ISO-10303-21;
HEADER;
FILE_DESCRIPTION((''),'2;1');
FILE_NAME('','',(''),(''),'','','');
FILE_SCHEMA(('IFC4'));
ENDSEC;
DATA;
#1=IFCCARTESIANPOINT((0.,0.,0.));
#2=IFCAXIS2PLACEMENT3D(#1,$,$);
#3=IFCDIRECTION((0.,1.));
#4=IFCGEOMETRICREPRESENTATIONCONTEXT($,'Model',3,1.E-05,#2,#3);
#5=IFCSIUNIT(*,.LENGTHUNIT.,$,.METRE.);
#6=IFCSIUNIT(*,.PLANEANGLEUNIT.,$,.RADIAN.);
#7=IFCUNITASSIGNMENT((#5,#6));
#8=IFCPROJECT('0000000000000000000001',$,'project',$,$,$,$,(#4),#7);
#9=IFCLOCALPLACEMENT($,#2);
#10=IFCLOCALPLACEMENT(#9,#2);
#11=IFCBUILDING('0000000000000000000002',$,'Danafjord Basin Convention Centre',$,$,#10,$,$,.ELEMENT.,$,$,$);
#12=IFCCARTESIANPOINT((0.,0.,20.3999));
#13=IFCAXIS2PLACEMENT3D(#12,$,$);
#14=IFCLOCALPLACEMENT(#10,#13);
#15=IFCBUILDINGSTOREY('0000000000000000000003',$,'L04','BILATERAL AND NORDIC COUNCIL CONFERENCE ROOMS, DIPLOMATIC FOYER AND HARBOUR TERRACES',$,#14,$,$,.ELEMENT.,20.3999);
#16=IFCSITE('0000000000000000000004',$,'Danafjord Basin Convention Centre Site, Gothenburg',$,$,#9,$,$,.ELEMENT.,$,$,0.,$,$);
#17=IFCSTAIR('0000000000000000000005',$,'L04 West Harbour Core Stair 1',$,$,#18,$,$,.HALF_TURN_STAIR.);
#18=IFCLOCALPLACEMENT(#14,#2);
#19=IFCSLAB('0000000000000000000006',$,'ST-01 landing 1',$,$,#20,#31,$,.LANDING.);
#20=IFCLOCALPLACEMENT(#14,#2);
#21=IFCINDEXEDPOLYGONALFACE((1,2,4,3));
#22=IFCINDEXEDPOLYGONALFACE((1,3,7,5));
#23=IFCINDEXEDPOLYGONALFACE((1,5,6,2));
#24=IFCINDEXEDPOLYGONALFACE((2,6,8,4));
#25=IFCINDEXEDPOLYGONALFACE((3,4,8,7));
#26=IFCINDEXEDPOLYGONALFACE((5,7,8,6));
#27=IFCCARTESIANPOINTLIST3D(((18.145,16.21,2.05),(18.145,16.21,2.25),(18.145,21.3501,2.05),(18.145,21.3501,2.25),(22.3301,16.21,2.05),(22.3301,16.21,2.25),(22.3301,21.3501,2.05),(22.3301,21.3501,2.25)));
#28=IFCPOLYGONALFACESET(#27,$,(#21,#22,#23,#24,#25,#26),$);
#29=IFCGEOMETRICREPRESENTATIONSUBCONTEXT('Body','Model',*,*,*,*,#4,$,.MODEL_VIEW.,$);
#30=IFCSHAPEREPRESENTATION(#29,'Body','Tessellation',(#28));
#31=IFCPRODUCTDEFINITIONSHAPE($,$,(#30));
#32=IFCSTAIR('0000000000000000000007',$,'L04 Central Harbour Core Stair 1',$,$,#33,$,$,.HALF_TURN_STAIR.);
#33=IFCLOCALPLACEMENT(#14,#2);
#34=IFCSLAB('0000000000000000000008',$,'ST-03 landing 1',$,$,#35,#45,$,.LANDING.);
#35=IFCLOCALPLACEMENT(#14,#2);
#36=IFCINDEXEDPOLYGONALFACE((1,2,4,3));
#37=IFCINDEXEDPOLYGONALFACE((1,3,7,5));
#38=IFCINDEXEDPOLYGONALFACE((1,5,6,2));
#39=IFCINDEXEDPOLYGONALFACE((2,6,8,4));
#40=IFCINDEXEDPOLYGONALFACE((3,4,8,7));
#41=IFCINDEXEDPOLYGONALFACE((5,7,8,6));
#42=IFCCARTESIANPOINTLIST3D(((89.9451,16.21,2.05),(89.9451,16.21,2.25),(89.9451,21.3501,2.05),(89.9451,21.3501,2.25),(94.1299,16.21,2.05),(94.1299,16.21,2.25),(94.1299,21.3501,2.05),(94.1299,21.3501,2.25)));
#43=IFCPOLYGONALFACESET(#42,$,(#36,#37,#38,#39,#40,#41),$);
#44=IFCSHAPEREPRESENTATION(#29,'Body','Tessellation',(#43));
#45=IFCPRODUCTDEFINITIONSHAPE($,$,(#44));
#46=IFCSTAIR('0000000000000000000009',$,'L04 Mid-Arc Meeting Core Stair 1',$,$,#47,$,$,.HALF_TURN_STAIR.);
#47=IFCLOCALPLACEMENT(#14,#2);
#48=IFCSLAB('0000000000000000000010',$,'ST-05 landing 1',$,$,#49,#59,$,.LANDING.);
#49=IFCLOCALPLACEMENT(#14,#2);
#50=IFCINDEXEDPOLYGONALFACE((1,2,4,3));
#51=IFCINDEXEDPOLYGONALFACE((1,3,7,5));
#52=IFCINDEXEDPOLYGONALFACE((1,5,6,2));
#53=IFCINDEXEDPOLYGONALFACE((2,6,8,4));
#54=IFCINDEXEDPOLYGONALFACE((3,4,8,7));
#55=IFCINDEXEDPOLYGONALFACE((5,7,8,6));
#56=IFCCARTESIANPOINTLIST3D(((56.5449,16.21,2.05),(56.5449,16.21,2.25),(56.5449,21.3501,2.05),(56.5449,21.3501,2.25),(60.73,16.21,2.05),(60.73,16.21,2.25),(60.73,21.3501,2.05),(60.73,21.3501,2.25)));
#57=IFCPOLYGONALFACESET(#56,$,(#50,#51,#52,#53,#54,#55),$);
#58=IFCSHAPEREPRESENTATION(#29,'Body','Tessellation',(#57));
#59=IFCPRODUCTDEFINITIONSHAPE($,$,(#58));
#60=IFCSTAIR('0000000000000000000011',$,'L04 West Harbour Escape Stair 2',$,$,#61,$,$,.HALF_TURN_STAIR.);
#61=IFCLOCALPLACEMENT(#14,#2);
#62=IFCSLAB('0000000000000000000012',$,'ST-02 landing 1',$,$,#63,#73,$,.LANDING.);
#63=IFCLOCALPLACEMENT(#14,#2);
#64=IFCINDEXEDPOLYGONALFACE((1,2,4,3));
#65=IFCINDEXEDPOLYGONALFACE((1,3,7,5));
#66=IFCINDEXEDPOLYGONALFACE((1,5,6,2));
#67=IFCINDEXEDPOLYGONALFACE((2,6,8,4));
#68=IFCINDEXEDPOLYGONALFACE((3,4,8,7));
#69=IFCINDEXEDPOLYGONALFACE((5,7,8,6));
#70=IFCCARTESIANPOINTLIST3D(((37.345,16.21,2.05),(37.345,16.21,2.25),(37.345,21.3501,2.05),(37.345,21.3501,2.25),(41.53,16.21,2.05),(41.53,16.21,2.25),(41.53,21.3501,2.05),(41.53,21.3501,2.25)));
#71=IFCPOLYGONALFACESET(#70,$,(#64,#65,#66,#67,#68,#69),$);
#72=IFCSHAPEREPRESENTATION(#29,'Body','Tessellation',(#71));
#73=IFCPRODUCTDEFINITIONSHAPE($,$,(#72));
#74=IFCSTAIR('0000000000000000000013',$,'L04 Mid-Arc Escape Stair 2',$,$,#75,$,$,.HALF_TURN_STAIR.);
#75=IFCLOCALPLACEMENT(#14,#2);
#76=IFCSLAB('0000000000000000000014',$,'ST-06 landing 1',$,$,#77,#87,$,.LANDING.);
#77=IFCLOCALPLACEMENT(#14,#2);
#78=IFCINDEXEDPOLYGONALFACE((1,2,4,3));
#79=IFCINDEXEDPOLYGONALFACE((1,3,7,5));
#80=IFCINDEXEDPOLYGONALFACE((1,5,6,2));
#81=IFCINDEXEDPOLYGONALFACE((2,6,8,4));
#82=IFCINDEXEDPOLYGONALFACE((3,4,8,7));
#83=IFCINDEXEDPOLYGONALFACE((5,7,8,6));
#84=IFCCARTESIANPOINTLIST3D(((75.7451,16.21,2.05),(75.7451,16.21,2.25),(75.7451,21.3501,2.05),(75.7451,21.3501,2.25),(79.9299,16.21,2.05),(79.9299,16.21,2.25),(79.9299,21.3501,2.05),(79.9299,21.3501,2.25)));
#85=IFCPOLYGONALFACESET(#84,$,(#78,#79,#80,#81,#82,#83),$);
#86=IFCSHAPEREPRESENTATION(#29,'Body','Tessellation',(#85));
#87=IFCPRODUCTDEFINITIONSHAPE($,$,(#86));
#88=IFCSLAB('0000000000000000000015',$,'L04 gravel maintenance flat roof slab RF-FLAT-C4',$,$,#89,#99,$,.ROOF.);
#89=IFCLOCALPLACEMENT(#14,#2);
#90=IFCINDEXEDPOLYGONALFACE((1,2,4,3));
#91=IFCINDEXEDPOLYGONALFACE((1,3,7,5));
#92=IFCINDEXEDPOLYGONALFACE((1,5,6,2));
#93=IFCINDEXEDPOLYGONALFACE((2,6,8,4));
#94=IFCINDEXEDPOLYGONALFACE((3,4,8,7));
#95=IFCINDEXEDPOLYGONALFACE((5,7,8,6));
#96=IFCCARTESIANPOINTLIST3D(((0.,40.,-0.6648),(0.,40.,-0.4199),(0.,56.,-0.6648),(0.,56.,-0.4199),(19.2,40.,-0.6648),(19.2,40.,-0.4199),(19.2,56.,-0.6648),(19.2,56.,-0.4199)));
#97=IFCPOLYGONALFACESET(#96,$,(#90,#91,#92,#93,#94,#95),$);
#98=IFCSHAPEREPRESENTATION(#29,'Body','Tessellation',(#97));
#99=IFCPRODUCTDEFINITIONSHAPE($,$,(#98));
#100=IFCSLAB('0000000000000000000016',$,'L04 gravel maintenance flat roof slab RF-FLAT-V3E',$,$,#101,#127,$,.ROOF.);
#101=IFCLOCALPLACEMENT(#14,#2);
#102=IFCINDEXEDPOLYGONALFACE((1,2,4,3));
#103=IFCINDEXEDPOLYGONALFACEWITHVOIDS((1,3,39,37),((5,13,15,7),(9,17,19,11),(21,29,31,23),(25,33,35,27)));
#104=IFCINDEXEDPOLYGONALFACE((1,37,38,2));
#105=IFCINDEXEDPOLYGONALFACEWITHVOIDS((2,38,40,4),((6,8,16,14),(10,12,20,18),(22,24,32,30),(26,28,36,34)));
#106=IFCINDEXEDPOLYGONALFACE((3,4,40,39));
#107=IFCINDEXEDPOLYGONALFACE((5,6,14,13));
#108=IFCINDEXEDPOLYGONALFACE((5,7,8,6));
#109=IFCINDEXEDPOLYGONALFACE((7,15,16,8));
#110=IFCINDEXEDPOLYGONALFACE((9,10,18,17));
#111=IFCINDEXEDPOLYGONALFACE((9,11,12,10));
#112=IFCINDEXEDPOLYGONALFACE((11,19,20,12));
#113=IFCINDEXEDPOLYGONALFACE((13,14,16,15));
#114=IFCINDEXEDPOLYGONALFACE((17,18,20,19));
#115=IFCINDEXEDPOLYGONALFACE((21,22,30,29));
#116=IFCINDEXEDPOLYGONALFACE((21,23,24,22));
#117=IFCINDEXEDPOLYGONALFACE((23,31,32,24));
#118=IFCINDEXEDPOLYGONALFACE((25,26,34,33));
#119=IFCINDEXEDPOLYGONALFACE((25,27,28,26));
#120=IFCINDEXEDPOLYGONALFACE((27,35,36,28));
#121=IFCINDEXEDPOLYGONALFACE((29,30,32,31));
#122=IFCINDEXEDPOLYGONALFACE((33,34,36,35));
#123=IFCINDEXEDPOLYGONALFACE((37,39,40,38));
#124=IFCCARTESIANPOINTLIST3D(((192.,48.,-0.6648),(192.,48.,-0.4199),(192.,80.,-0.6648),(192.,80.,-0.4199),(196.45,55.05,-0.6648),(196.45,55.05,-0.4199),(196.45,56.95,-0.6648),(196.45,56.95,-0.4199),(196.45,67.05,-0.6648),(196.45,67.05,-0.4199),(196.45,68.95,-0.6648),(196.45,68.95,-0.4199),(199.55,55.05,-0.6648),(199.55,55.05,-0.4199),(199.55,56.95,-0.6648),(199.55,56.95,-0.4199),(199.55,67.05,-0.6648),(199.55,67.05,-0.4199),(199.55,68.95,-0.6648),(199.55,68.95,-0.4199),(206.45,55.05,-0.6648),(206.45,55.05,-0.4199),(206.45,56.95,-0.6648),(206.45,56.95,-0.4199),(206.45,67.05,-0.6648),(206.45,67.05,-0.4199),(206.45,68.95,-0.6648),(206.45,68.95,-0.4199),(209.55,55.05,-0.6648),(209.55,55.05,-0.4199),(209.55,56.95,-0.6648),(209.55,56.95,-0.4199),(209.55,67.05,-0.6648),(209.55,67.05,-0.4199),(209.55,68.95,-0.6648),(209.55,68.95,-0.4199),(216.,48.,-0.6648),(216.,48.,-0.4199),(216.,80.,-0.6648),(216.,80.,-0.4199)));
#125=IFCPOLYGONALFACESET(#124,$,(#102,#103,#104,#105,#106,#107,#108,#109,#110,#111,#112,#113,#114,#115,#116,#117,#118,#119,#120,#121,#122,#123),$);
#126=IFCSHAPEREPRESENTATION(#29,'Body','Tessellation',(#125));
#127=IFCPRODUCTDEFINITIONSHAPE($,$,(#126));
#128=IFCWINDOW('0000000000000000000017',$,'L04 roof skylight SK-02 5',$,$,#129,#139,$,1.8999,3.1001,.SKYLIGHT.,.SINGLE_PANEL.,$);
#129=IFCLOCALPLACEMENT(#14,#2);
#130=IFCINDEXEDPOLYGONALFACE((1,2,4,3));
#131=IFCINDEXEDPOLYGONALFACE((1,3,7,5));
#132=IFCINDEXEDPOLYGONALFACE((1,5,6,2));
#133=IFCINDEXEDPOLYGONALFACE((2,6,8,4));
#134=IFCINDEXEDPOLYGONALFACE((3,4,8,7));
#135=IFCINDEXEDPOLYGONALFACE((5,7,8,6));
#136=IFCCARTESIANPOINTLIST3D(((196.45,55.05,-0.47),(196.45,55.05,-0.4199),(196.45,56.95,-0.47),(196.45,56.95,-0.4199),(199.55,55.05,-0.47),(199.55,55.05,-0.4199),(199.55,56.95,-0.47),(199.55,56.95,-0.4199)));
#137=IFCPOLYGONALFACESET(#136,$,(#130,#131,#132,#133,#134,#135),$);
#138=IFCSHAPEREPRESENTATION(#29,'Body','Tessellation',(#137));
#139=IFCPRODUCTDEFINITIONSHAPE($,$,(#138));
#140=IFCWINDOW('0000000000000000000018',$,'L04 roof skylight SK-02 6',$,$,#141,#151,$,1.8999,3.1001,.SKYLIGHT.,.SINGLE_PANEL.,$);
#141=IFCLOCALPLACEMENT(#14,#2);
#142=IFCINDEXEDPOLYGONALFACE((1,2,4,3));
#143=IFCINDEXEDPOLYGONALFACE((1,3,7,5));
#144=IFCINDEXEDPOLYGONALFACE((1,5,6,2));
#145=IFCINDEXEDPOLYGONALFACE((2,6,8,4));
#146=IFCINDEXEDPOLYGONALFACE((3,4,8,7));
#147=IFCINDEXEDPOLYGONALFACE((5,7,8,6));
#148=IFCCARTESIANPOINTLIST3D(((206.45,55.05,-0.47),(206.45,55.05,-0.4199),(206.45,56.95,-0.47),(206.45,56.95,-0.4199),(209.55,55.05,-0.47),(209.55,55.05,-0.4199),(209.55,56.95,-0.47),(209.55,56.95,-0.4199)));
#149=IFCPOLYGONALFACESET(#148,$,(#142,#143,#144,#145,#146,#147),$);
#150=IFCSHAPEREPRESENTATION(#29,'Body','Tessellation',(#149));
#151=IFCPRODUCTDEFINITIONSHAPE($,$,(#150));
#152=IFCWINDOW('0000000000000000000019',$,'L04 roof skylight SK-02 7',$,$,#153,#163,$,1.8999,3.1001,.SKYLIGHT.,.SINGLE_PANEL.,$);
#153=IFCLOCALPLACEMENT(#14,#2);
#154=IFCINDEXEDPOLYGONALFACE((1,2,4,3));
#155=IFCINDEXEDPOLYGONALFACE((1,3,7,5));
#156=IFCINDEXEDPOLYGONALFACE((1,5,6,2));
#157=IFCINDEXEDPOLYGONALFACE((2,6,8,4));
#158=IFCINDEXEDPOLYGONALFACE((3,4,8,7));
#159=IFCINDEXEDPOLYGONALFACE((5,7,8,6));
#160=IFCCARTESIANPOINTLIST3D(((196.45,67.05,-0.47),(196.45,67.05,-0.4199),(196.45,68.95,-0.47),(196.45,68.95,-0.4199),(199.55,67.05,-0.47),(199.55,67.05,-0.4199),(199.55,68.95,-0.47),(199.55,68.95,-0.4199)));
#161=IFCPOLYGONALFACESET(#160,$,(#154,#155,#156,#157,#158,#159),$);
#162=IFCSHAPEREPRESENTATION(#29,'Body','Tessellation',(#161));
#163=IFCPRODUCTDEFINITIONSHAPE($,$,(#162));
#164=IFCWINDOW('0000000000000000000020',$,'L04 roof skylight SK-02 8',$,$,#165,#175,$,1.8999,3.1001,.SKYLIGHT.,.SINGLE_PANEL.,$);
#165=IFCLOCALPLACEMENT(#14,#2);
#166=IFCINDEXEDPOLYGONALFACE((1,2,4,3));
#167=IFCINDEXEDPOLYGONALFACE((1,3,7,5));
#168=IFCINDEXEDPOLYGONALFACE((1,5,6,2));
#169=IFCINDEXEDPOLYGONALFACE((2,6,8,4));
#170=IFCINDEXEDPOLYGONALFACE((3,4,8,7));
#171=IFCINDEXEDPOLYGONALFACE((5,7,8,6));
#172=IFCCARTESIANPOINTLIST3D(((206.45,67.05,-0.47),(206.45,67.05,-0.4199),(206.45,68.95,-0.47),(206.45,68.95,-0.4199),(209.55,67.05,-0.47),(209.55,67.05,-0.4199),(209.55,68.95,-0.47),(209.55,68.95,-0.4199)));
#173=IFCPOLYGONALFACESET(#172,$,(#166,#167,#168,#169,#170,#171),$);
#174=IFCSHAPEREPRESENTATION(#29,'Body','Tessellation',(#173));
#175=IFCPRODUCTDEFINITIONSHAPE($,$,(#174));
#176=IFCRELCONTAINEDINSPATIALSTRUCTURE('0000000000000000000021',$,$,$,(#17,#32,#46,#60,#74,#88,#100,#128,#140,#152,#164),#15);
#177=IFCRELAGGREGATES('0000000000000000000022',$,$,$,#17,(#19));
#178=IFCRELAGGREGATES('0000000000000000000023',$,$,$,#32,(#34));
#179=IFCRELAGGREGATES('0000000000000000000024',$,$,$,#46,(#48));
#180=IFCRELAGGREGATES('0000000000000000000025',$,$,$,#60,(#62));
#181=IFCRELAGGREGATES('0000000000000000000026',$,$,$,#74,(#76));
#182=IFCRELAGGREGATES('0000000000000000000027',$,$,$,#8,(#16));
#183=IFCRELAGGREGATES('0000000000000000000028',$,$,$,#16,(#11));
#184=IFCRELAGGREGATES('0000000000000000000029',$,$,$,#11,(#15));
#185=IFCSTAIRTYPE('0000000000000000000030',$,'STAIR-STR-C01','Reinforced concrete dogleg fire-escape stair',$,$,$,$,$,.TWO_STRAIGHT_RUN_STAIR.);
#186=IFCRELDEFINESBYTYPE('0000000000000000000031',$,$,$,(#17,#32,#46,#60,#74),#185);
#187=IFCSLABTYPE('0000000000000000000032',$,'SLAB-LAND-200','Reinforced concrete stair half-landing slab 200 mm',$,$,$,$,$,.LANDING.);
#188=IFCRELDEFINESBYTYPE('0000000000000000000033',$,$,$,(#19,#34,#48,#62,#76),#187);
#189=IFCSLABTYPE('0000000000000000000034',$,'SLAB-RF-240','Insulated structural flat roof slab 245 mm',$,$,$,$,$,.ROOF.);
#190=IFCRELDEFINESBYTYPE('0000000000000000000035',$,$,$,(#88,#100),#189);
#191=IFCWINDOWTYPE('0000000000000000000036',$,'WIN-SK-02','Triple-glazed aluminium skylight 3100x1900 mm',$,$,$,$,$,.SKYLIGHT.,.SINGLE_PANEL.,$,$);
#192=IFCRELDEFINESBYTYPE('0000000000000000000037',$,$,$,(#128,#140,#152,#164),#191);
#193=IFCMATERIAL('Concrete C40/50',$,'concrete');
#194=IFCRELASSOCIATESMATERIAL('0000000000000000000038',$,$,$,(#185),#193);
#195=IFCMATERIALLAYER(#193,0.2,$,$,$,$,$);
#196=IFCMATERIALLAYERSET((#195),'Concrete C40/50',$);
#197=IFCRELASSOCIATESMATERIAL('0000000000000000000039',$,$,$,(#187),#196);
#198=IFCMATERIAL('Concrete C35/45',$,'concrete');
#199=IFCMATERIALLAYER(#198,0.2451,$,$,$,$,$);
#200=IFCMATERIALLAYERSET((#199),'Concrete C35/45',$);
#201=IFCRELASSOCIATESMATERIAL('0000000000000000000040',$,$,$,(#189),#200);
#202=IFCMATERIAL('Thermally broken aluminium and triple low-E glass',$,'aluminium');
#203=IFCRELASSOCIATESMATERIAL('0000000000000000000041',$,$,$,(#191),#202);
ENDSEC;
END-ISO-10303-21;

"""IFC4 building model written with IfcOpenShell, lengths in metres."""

from ifc_helpers import new_model, si_unit, direction, frame, origin, origin_2d, place, context, subcontext, project, spatial, polyline, rectangle, outline, extrude, material, layer, layer_set, type_object, element, fill, aggregate, save


model = new_model("IFC4")

# Units and contexts
model_context = context("Model", 3, precision=1e-05, world=origin(), true_north=direction((0.0, 1.0)))
body_context = subcontext(model_context, "Body", "Model", "MODEL_VIEW")
ifc_project = project(units=[si_unit("LENGTHUNIT", "METRE"), si_unit("PLANEANGLEUNIT", "RADIAN")], contexts=[model_context])

# Site, building, storey
site_placement = place(None, origin())
site = spatial("IfcSite", under=ifc_project, at=site_placement, Name="Danafjord Basin Convention Centre Site, Gothenburg", CompositionType="ELEMENT", RefElevation=0.0)
building_placement = place(site_placement, origin())
building = spatial("IfcBuilding", under=site, at=building_placement, Name="Danafjord Basin Convention Centre", CompositionType="ELEMENT")
storey_placement = place(building_placement, frame((0.0, 0.0, 20.3999)))
storey = spatial("IfcBuildingStorey", under=building, at=storey_placement, Name="L04", Description="BILATERAL AND NORDIC COUNCIL CONFERENCE ROOMS, DIPLOMATIC FOYER AND HARBOUR TERRACES", CompositionType="ELEMENT", Elevation=20.3999)

# Shared definitions
ifc_material_1 = material(Name="Concrete C35/45", Category="concrete")

# Stairs, slabs
ifc_material_2 = material(Name="Concrete C40/50", Category="concrete")
stair_type = type_object("IfcStairType", Name="STAIR-STR-C01", Description="Reinforced concrete dogleg fire-escape stair", PredefinedType="TWO_STRAIGHT_RUN_STAIR", material=ifc_material_2)
stair_1_placement = place(storey_placement, origin())
stair_1 = element("IfcStair", 1, at=stair_1_placement, inside=storey, type_object=stair_type, Name="L04 West Harbour Core Stair 1", PredefinedType="HALF_TURN_STAIR")
ifc_layer_1 = layer(ifc_material_2, 0.2)
ifc_layer_set_1 = layer_set([ifc_layer_1], Name="Concrete C40/50")
slab_type_1 = type_object("IfcSlabType", Name="SLAB-LAND-200", Description="Reinforced concrete stair half-landing slab 200 mm", PredefinedType="LANDING", material=ifc_layer_set_1)
slab_1_placement = place(storey_placement, frame((0.0, 0.0, 2.05)))
slab_1 = element("IfcSlab", 2, at=slab_1_placement, type_object=slab_type_1, Name="ST-01 landing 1", PredefinedType="LANDING", context=body_context, shape_type="SweptSolid", body=[
    extrude(outline(polyline([(18.145, 16.21), (22.3301, 16.21), (22.3301, 21.3501), (18.145, 21.3501), (18.145, 16.21)])), origin(), (0.0, 0.0, 1.0), 0.2),
])
aggregate(stair_1, [slab_1])
stair_2_placement = place(storey_placement, origin())
stair_2 = element("IfcStair", 3, at=stair_2_placement, inside=storey, type_object=stair_type, Name="L04 Central Harbour Core Stair 1", PredefinedType="HALF_TURN_STAIR")
slab_2_placement = place(storey_placement, frame((0.0, 0.0, 2.05)))
slab_2 = element("IfcSlab", 4, at=slab_2_placement, type_object=slab_type_1, Name="ST-03 landing 1", PredefinedType="LANDING", context=body_context, shape_type="SweptSolid", body=[
    extrude(outline(polyline([(89.9451, 16.21), (94.1299, 16.21), (94.1299, 21.3501), (89.9451, 21.3501), (89.9451, 16.21)])), origin(), (0.0, 0.0, 1.0), 0.2),
])
aggregate(stair_2, [slab_2])
stair_3_placement = place(storey_placement, origin())
stair_3 = element("IfcStair", 5, at=stair_3_placement, inside=storey, type_object=stair_type, Name="L04 Mid-Arc Meeting Core Stair 1", PredefinedType="HALF_TURN_STAIR")
slab_3_placement = place(storey_placement, frame((0.0, 0.0, 2.05)))
slab_3 = element("IfcSlab", 6, at=slab_3_placement, type_object=slab_type_1, Name="ST-05 landing 1", PredefinedType="LANDING", context=body_context, shape_type="SweptSolid", body=[
    extrude(outline(polyline([(56.5449, 16.21), (60.73, 16.21), (60.73, 21.3501), (56.5449, 21.3501), (56.5449, 16.21)])), origin(), (0.0, 0.0, 1.0), 0.2),
])
aggregate(stair_3, [slab_3])
stair_4_placement = place(storey_placement, origin())
stair_4 = element("IfcStair", 7, at=stair_4_placement, inside=storey, type_object=stair_type, Name="L04 West Harbour Escape Stair 2", PredefinedType="HALF_TURN_STAIR")
slab_4_placement = place(storey_placement, frame((0.0, 0.0, 2.05)))
slab_4 = element("IfcSlab", 8, at=slab_4_placement, type_object=slab_type_1, Name="ST-02 landing 1", PredefinedType="LANDING", context=body_context, shape_type="SweptSolid", body=[
    extrude(outline(polyline([(37.345, 16.21), (41.53, 16.21), (41.53, 21.3501), (37.345, 21.3501), (37.345, 16.21)])), origin(), (0.0, 0.0, 1.0), 0.2),
])
aggregate(stair_4, [slab_4])
stair_5_placement = place(storey_placement, origin())
stair_5 = element("IfcStair", 9, at=stair_5_placement, inside=storey, type_object=stair_type, Name="L04 Mid-Arc Escape Stair 2", PredefinedType="HALF_TURN_STAIR")
slab_5_placement = place(storey_placement, frame((0.0, 0.0, 2.05)))
slab_5 = element("IfcSlab", 10, at=slab_5_placement, type_object=slab_type_1, Name="ST-06 landing 1", PredefinedType="LANDING", context=body_context, shape_type="SweptSolid", body=[
    extrude(outline(polyline([(75.7451, 16.21), (79.9299, 16.21), (79.9299, 21.3501), (75.7451, 21.3501), (75.7451, 16.21)])), origin(), (0.0, 0.0, 1.0), 0.2),
])
aggregate(stair_5, [slab_5])

# Slab
ifc_layer_2 = layer(ifc_material_1, 0.2451)
ifc_layer_set_2 = layer_set([ifc_layer_2], Name="Concrete C35/45")
slab_type_2 = type_object("IfcSlabType", Name="SLAB-RF-240", Description="Insulated structural flat roof slab 245 mm", PredefinedType="ROOF", material=ifc_layer_set_2)
slab_6_placement = place(storey_placement, frame((0.0, 0.0, -0.6648)))
element("IfcSlab", 11, at=slab_6_placement, inside=storey, type_object=slab_type_2, Name="L04 gravel maintenance flat roof slab RF-FLAT-C4", PredefinedType="ROOF", context=body_context, shape_type="SweptSolid", body=[
    extrude(outline(polyline([(0.0, 40.0), (0.0, 56.0), (19.2, 56.0), (19.2, 40.0), (0.0, 40.0)])), origin(), (0.0, 0.0, 1.0), 0.2449),
])

# Slab, openings, windows
slab_7_placement = place(storey_placement, frame((0.0, 0.0, -0.6648)))
slab_7 = element("IfcSlab", 12, at=slab_7_placement, inside=storey, type_object=slab_type_2, Name="L04 gravel maintenance flat roof slab RF-FLAT-V3E", PredefinedType="ROOF", context=body_context, shape_type="SweptSolid", body=[
    extrude(outline(polyline([(192.0, 48.0), (192.0, 80.0), (216.0, 80.0), (216.0, 48.0), (192.0, 48.0)])), origin(), (0.0, 0.0, 1.0), 0.2449),
])
opening_1_placement = place(slab_7_placement, frame((198.0, 56.0, -0.01)))
opening_1 = element("IfcOpeningElement", 13, at=opening_1_placement, cuts=slab_7, PredefinedType="OPENING", context=body_context, shape_type="SweptSolid", body=[
    extrude(rectangle(XDim=3.1001, YDim=1.8999, at=origin_2d()), origin(), (0.0, 0.0, 1.0), 0.2649),
])
opening_2_placement = place(slab_7_placement, frame((208.0, 56.0, -0.01)))
opening_2 = element("IfcOpeningElement", 14, at=opening_2_placement, cuts=slab_7, PredefinedType="OPENING", context=body_context, shape_type="SweptSolid", body=[
    extrude(rectangle(XDim=3.1001, YDim=1.8999, at=origin_2d()), origin(), (0.0, 0.0, 1.0), 0.2649),
])
opening_3_placement = place(slab_7_placement, frame((198.0, 68.0, -0.01)))
opening_3 = element("IfcOpeningElement", 15, at=opening_3_placement, cuts=slab_7, PredefinedType="OPENING", context=body_context, shape_type="SweptSolid", body=[
    extrude(rectangle(XDim=3.1001, YDim=1.8999, at=origin_2d()), origin(), (0.0, 0.0, 1.0), 0.2649),
])
opening_4_placement = place(slab_7_placement, frame((208.0, 68.0, -0.01)))
opening_4 = element("IfcOpeningElement", 16, at=opening_4_placement, cuts=slab_7, PredefinedType="OPENING", context=body_context, shape_type="SweptSolid", body=[
    extrude(rectangle(XDim=3.1001, YDim=1.8999, at=origin_2d()), origin(), (0.0, 0.0, 1.0), 0.2649),
])
ifc_material_3 = material(Name="Thermally broken aluminium and triple low-E glass", Category="aluminium")
window_type_1 = type_object("IfcWindowType", Name="WIN-SK-02", Description="Triple-glazed aluminium skylight 3100x1900 mm", PartitioningType="SINGLE_PANEL", PredefinedType="SKYLIGHT", material=ifc_material_3)
window_1_placement = place(slab_7_placement, frame((198.0, 56.0, 0.1948)))
window_1 = element("IfcWindow", 17, at=window_1_placement, inside=storey, type_object=window_type_1, Name="L04 roof skylight SK-02 5", OverallHeight=1.8999, OverallWidth=3.1001, PartitioningType="SINGLE_PANEL", PredefinedType="SKYLIGHT", context=body_context, shape_type="SweptSolid", body=[
    extrude(rectangle(XDim=3.1001, YDim=1.8999, at=origin_2d()), origin(), (0.0, 0.0, 1.0), 0.05),
])
fill(opening_1, window_1)
window_2_placement = place(slab_7_placement, frame((208.0, 56.0, 0.1948)))
window_2 = element("IfcWindow", 18, at=window_2_placement, inside=storey, type_object=window_type_1, Name="L04 roof skylight SK-02 6", OverallHeight=1.8999, OverallWidth=3.1001, PartitioningType="SINGLE_PANEL", PredefinedType="SKYLIGHT", context=body_context, shape_type="SweptSolid", body=[
    extrude(rectangle(XDim=3.1001, YDim=1.8999, at=origin_2d()), origin(), (0.0, 0.0, 1.0), 0.05),
])
fill(opening_2, window_2)
window_3_placement = place(slab_7_placement, frame((198.0, 68.0, 0.1948)))
window_3 = element("IfcWindow", 19, at=window_3_placement, inside=storey, type_object=window_type_1, Name="L04 roof skylight SK-02 7", OverallHeight=1.8999, OverallWidth=3.1001, PartitioningType="SINGLE_PANEL", PredefinedType="SKYLIGHT", context=body_context, shape_type="SweptSolid", body=[
    extrude(rectangle(XDim=3.1001, YDim=1.8999, at=origin_2d()), origin(), (0.0, 0.0, 1.0), 0.05),
])
fill(opening_3, window_3)
window_4_placement = place(slab_7_placement, frame((208.0, 68.0, 0.1948)))
window_4 = element("IfcWindow", 20, at=window_4_placement, inside=storey, type_object=window_type_1, Name="L04 roof skylight SK-02 8", OverallHeight=1.8999, OverallWidth=3.1001, PartitioningType="SINGLE_PANEL", PredefinedType="SKYLIGHT", context=body_context, shape_type="SweptSolid", body=[
    extrude(rectangle(XDim=3.1001, YDim=1.8999, at=origin_2d()), origin(), (0.0, 0.0, 1.0), 0.05),
])
fill(opening_4, window_4)

save(model, "model.ifc")
